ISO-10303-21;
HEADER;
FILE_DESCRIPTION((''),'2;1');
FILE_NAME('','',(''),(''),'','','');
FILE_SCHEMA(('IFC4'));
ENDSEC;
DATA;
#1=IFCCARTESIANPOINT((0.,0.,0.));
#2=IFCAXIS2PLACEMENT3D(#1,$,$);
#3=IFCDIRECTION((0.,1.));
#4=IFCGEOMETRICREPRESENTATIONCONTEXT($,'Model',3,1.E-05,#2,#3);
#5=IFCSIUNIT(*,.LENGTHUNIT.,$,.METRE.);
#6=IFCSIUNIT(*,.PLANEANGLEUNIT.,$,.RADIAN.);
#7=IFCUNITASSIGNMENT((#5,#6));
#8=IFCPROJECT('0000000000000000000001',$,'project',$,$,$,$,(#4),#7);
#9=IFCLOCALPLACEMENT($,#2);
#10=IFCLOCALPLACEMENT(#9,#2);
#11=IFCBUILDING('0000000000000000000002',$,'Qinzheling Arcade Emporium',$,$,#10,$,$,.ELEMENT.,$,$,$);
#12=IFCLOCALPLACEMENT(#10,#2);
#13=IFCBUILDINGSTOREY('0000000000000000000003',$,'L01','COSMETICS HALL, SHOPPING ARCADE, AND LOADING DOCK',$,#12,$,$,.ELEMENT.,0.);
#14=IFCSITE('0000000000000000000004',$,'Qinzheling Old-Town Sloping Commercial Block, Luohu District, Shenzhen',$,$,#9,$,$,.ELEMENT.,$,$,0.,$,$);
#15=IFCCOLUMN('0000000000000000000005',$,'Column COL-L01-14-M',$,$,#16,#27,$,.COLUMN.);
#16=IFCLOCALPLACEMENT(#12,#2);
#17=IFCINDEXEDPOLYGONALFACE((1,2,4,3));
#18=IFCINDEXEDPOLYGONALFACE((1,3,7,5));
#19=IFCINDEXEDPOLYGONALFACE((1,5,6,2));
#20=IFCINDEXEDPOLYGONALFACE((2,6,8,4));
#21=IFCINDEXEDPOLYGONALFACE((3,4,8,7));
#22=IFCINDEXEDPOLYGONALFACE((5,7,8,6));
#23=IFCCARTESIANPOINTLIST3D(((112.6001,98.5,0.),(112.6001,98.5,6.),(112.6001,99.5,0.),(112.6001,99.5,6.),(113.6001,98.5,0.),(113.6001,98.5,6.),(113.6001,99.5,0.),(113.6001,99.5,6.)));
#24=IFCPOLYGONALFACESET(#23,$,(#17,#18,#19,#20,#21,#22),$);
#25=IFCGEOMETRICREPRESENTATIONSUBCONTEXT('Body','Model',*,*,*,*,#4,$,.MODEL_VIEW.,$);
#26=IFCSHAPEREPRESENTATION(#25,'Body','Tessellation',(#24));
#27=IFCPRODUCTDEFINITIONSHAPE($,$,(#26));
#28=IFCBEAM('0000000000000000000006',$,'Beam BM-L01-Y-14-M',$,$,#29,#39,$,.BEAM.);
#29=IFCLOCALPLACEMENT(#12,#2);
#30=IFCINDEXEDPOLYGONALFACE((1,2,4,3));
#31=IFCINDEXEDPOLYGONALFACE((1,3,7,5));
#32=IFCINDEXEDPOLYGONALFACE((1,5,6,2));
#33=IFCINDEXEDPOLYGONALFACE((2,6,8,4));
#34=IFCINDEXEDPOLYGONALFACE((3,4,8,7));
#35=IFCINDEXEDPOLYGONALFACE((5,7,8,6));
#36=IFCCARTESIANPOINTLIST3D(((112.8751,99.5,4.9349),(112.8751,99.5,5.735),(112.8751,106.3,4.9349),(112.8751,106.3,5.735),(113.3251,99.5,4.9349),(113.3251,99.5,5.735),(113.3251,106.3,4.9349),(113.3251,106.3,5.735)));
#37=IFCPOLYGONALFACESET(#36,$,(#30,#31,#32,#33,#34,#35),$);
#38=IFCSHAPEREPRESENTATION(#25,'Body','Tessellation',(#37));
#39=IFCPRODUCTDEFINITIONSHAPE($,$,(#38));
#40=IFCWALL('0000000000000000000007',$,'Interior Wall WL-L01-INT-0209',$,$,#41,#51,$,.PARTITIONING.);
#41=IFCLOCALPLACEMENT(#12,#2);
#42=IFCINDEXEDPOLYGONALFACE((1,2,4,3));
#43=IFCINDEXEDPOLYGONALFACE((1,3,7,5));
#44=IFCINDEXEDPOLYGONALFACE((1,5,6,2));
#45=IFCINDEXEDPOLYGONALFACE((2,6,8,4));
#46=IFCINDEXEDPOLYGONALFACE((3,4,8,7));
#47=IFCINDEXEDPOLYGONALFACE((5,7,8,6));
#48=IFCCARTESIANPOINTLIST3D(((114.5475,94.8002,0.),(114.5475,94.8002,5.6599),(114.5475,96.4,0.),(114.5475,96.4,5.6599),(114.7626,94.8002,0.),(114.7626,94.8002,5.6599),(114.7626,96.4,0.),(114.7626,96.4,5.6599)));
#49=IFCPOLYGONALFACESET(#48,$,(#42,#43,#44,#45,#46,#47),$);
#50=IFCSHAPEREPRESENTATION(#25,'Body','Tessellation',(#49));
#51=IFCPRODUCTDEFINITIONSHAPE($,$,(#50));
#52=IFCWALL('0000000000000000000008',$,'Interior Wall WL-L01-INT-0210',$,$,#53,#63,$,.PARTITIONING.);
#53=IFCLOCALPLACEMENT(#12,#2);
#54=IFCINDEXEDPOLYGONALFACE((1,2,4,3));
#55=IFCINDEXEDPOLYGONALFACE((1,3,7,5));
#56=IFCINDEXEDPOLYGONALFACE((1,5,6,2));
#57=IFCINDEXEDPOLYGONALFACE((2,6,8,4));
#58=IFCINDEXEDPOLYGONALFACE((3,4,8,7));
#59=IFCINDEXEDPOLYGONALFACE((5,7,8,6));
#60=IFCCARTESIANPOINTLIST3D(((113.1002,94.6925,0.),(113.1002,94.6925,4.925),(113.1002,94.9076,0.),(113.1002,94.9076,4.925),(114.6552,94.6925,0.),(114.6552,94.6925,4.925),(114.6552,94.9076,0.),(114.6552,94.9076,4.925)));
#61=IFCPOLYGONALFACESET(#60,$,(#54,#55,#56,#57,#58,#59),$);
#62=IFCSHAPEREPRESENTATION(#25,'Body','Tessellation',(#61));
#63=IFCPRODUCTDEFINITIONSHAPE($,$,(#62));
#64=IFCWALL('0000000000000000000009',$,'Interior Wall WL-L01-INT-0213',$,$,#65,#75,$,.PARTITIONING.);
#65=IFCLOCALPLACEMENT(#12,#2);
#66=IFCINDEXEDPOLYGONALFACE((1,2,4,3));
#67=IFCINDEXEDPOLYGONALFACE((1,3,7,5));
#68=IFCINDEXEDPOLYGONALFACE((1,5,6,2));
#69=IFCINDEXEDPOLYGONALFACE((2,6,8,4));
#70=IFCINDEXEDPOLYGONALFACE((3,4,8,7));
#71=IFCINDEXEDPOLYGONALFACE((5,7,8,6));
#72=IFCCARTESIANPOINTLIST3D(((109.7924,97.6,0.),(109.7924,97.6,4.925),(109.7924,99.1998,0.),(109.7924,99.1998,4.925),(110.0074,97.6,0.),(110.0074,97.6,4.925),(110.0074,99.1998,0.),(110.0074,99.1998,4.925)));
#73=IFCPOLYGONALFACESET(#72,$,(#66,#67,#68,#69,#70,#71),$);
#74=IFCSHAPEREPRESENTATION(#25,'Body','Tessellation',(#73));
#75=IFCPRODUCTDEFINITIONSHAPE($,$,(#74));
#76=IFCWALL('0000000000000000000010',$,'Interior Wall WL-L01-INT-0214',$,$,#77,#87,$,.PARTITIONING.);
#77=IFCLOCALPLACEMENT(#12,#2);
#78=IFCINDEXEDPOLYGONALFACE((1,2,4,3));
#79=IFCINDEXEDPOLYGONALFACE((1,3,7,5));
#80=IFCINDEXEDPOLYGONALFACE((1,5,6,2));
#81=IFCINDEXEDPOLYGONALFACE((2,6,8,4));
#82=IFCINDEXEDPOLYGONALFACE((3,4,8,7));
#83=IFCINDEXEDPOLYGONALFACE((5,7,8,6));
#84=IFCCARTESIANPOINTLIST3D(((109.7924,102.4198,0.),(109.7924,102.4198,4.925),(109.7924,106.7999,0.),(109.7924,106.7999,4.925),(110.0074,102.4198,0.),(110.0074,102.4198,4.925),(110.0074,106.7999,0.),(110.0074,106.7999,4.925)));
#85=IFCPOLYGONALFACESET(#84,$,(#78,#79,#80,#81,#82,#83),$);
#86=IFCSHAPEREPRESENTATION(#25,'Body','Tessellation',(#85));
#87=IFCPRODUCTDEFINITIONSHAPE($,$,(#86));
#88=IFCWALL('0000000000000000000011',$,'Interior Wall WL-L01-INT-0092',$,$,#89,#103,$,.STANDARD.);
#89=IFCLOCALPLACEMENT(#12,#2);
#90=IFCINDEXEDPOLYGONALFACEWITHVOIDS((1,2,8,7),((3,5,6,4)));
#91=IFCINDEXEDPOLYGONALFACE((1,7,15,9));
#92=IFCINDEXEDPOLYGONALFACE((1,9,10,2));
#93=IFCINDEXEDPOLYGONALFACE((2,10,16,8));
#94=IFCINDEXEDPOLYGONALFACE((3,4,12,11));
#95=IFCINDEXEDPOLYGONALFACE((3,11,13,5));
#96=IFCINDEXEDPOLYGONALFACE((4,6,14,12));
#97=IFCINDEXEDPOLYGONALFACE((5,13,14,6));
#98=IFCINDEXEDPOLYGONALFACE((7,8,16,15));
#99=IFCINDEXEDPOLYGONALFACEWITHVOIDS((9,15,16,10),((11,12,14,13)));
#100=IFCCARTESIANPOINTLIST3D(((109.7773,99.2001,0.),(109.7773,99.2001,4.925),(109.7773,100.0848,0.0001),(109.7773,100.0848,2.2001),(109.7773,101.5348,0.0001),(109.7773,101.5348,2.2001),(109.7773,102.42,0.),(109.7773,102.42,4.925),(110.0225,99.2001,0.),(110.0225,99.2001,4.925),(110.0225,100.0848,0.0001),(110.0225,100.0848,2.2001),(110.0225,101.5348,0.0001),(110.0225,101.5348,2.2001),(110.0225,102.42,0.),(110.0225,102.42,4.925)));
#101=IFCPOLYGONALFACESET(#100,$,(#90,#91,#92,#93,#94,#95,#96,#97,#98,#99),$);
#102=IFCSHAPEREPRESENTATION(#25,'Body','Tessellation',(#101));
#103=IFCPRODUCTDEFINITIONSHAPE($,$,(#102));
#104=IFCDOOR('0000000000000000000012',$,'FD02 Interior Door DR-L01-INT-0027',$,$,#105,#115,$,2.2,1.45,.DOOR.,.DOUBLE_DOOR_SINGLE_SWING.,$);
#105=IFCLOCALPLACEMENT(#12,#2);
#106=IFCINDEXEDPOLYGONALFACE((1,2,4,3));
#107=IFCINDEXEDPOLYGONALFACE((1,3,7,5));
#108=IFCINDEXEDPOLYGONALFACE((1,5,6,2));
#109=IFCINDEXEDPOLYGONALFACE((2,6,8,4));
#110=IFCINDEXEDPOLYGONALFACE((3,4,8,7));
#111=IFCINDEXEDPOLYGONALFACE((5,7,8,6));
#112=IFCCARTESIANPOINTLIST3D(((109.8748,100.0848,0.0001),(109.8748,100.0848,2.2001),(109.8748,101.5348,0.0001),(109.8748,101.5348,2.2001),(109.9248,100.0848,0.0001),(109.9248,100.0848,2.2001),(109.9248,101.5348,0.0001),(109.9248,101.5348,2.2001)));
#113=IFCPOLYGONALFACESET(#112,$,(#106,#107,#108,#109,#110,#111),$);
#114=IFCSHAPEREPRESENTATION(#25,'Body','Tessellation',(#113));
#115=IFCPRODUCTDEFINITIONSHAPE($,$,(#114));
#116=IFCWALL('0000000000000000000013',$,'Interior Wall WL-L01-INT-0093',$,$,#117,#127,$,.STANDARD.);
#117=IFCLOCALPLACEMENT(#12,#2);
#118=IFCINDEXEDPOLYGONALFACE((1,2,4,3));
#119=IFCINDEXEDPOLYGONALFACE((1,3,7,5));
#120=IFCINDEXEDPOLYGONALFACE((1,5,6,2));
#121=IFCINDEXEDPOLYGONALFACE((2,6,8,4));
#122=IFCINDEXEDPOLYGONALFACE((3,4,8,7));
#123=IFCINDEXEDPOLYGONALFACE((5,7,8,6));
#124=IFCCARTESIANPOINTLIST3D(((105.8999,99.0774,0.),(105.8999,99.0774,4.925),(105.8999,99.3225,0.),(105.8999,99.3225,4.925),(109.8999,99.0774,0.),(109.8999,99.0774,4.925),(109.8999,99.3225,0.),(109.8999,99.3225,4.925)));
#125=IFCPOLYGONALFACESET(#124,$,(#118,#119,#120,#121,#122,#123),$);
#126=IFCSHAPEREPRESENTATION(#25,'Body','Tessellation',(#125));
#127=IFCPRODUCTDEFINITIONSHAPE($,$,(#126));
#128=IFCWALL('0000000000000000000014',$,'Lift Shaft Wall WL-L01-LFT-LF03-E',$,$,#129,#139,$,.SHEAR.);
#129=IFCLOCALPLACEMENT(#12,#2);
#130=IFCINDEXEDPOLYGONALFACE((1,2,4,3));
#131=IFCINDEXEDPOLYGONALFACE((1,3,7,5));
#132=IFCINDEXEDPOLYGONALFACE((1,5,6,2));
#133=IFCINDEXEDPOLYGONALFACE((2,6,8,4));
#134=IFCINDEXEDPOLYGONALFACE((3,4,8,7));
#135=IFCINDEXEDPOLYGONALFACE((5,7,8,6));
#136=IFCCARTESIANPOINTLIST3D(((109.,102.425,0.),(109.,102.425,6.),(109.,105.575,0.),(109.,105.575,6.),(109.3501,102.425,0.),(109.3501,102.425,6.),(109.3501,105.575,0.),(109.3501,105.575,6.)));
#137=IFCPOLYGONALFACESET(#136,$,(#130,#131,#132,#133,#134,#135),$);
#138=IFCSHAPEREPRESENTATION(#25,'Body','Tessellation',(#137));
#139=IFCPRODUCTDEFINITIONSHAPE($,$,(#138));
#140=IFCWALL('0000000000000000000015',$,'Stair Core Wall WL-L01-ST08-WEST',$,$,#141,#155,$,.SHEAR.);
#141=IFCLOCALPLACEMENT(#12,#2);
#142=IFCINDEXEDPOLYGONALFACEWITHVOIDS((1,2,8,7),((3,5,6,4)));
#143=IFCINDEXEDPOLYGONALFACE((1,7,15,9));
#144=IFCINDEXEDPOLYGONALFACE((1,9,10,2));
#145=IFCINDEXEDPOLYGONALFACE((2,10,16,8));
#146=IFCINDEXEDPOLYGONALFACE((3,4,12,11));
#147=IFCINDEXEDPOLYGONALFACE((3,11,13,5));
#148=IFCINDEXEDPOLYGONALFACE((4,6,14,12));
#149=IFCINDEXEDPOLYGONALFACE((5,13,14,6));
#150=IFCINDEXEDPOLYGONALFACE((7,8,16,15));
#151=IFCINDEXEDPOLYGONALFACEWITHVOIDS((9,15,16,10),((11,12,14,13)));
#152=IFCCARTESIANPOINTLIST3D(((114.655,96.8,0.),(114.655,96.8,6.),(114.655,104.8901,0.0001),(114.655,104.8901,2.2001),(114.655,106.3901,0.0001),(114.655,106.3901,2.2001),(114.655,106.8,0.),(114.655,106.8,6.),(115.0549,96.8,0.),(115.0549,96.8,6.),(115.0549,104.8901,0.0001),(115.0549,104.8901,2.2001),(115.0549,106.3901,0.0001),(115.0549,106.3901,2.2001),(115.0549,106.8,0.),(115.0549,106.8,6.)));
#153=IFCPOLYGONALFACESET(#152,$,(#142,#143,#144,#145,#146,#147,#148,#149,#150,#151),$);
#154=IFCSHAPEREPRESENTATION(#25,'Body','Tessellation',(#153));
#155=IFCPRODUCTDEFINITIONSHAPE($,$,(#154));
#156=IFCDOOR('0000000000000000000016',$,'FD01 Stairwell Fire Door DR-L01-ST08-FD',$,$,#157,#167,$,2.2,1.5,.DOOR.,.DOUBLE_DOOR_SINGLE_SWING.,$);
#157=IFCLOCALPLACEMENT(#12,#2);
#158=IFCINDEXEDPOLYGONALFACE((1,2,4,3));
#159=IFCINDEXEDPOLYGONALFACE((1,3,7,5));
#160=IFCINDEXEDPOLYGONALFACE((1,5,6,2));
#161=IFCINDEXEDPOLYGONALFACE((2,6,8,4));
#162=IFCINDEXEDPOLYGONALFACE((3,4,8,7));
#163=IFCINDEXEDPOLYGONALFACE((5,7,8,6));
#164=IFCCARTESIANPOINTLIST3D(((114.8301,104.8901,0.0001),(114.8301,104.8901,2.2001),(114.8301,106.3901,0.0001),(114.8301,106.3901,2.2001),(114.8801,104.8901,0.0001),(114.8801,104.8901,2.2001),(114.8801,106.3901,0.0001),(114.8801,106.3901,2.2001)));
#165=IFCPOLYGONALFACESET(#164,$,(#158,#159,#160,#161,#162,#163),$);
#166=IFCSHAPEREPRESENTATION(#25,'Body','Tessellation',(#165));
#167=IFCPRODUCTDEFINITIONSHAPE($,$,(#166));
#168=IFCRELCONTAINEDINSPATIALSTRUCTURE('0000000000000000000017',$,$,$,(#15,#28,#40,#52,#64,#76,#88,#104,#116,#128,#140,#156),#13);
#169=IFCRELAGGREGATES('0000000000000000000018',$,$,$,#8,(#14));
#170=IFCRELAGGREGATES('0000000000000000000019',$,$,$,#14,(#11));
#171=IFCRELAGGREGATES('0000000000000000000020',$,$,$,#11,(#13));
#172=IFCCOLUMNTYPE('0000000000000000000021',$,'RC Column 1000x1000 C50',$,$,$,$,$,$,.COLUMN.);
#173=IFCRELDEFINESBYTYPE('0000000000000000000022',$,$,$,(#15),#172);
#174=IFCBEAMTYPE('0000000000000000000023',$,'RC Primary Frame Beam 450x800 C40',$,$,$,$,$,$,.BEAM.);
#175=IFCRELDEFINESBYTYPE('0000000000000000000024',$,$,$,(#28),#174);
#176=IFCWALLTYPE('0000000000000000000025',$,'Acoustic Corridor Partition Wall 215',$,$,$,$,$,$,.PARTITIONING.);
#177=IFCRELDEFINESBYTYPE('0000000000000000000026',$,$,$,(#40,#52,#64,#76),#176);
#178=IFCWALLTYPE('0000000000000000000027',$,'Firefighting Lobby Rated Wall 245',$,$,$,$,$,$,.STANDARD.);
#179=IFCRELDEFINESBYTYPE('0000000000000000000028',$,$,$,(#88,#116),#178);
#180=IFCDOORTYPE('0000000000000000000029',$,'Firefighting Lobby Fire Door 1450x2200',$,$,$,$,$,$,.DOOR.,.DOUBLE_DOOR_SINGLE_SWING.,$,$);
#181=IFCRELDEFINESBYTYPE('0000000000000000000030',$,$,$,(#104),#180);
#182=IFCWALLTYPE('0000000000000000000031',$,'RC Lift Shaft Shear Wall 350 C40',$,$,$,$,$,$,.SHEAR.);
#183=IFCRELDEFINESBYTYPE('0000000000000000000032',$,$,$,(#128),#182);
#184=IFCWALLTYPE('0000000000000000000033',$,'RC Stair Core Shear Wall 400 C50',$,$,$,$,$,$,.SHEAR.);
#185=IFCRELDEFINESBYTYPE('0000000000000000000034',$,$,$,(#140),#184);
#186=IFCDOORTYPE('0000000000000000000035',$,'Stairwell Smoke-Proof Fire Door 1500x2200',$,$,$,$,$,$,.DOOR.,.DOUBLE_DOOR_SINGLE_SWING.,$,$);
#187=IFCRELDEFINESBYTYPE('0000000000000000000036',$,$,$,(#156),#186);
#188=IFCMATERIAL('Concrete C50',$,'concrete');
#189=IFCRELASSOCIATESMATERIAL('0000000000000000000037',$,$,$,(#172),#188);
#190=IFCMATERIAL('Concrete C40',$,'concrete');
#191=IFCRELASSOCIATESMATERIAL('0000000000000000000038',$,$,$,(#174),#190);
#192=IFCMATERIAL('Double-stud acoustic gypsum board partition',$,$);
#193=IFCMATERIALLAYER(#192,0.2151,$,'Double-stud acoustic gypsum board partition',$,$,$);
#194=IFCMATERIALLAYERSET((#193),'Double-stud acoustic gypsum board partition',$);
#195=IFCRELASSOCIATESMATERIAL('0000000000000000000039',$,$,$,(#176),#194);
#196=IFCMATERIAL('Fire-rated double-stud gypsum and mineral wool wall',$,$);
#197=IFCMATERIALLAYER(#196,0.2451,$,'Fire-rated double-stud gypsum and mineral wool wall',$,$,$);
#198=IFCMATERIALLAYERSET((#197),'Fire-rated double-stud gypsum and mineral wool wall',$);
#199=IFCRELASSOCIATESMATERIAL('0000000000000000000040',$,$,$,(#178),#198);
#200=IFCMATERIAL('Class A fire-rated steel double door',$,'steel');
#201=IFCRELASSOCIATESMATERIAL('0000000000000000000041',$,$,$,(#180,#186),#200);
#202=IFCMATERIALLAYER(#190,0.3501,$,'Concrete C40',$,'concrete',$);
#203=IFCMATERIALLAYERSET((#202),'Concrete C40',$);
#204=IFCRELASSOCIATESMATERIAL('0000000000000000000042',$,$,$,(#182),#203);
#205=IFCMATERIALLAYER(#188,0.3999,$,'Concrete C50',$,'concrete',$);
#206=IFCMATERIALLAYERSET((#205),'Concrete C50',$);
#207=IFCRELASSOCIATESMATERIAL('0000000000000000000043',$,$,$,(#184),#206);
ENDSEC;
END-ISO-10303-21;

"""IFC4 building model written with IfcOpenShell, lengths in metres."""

from ifc_helpers import new_model, si_unit, direction, frame, frame_2d, origin, origin_2d, place, context, subcontext, project, spatial, rectangle, extrude, material, layer, layer_set, material_profile, profile_set, type_object, element, fill, save


model = new_model("IFC4")

# Units and contexts
model_context = context("Model", 3, precision=1e-05, world=origin(), true_north=direction((0.0, 1.0)))
body_context = subcontext(model_context, "Body", "Model", "MODEL_VIEW")
ifc_project = project(units=[si_unit("LENGTHUNIT", "METRE"), si_unit("PLANEANGLEUNIT", "RADIAN")], contexts=[model_context])

# Site, building, storey
site_placement = place(None, origin())
site = spatial("IfcSite", under=ifc_project, at=site_placement, Name="Qinzheling Old-Town Sloping Commercial Block, Luohu District, Shenzhen", CompositionType="ELEMENT", RefElevation=0.0)
building_placement = place(site_placement, origin())
building = spatial("IfcBuilding", under=site, at=building_placement, Name="Qinzheling Arcade Emporium", CompositionType="ELEMENT")
storey_placement = place(building_placement, origin())
storey = spatial("IfcBuildingStorey", under=building, at=storey_placement, Name="L01", Description="COSMETICS HALL, SHOPPING ARCADE, AND LOADING DOCK", CompositionType="ELEMENT", Elevation=0.0)

# Column
ifc_material_1 = material(Name="Concrete C50", Category="concrete")
ifc_material_profile_1 = material_profile(ifc_material_1, rectangle(XDim=1.0, YDim=1.0, at=origin_2d()), Name="RC 1000x1000", Category="concrete")
ifc_profile_set_1 = profile_set([ifc_material_profile_1], Name="Concrete C50")
column_type = type_object("IfcColumnType", Name="RC Column 1000x1000 C50", PredefinedType="COLUMN", material=ifc_profile_set_1)
column_placement = place(storey_placement, frame((113.1001, 99.0, 0.0), z_axis=(0.0, 0.0, 1.0), x_axis=(1.0, 0.0, 0.0)))
element("IfcColumn", 1, at=column_placement, inside=storey, type_object=column_type, Name="Column COL-L01-14-M", PredefinedType="COLUMN", context=body_context, shape_type="SweptSolid", body=[
    extrude(rectangle(XDim=1.0, YDim=1.0, at=origin_2d()), origin(), (0.0, 0.0, 1.0), 6.0),
])

# Beam
ifc_material_2 = material(Name="Concrete C40", Category="concrete")
ifc_material_profile_2 = material_profile(ifc_material_2, rectangle(XDim=0.45, YDim=0.8, at=origin_2d()), Name="RC 450x800", Category="concrete")
ifc_profile_set_2 = profile_set([ifc_material_profile_2], Name="Concrete C40")
beam_type = type_object("IfcBeamType", Name="RC Primary Frame Beam 450x800 C40", PredefinedType="BEAM", material=ifc_profile_set_2)
beam_placement = place(storey_placement, frame((113.1001, 99.5, 5.335), z_axis=(0.0, 1.0, 0.0), x_axis=(-1.0, 0.0, 0.0)))
element("IfcBeam", 2, at=beam_placement, inside=storey, type_object=beam_type, Name="Beam BM-L01-Y-14-M", PredefinedType="BEAM", context=body_context, shape_type="SweptSolid", body=[
    extrude(rectangle(XDim=0.45, YDim=0.8, at=origin_2d()), origin(), (0.0, 0.0, 1.0), 6.8),
])

# Walls
ifc_material_3 = material(Name="Double-stud acoustic gypsum board partition")
ifc_layer_1 = layer(ifc_material_3, 0.2151, Name="Double-stud acoustic gypsum board partition")
ifc_layer_set_1 = layer_set([ifc_layer_1], Name="Double-stud acoustic gypsum board partition")
wall_type_1 = type_object("IfcWallType", Name="Acoustic Corridor Partition Wall 215", PredefinedType="PARTITIONING", material=ifc_layer_set_1)
wall_1_placement = place(storey_placement, frame((114.655, 96.3999, 0.0), z_axis=(0.0, 0.0, 1.0), x_axis=(0.0, -1.0, 0.0)))
element("IfcWall", 3, at=wall_1_placement, inside=storey, type_object=wall_type_1, Name="Interior Wall WL-L01-INT-0209", PredefinedType="PARTITIONING", context=body_context, shape_type="SweptSolid", body=[
    extrude(rectangle(XDim=1.5999, YDim=0.2151, at=frame_2d((0.7998, 0.0))), origin(), (0.0, 0.0, 1.0), 5.6599),
])
wall_2_placement = place(storey_placement, frame((114.655, 94.8, 0.0), z_axis=(0.0, 0.0, 1.0), x_axis=(-1.0, 0.0, 0.0)))
element("IfcWall", 4, at=wall_2_placement, inside=storey, type_object=wall_type_1, Name="Interior Wall WL-L01-INT-0210", PredefinedType="PARTITIONING", context=body_context, shape_type="SweptSolid", body=[
    extrude(rectangle(XDim=1.5549, YDim=0.2151, at=frame_2d((0.7773, 0.0))), origin(), (0.0, 0.0, 1.0), 4.925),
])
wall_3_placement = place(storey_placement, frame((109.8999, 97.6001, 0.0), z_axis=(0.0, 0.0, 1.0), x_axis=(0.0, 1.0, 0.0)))
element("IfcWall", 5, at=wall_3_placement, inside=storey, type_object=wall_type_1, Name="Interior Wall WL-L01-INT-0213", PredefinedType="PARTITIONING", context=body_context, shape_type="SweptSolid", body=[
    extrude(rectangle(XDim=1.5999, YDim=0.2151, at=frame_2d((0.7998, 0.0))), origin(), (0.0, 0.0, 1.0), 4.925),
])
wall_4_placement = place(storey_placement, frame((109.8999, 102.4199, 0.0), z_axis=(0.0, 0.0, 1.0), x_axis=(0.0, 1.0, 0.0)))
element("IfcWall", 6, at=wall_4_placement, inside=storey, type_object=wall_type_1, Name="Interior Wall WL-L01-INT-0214", PredefinedType="PARTITIONING", context=body_context, shape_type="SweptSolid", body=[
    extrude(rectangle(XDim=4.3801, YDim=0.2151, at=frame_2d((2.1899, 0.0))), origin(), (0.0, 0.0, 1.0), 4.925),
])

# Wall, opening, door
ifc_material_4 = material(Name="Fire-rated double-stud gypsum and mineral wool wall")
ifc_layer_2 = layer(ifc_material_4, 0.2451, Name="Fire-rated double-stud gypsum and mineral wool wall")
ifc_layer_set_2 = layer_set([ifc_layer_2], Name="Fire-rated double-stud gypsum and mineral wool wall")
wall_type_2 = type_object("IfcWallType", Name="Firefighting Lobby Rated Wall 245", PredefinedType="STANDARD", material=ifc_layer_set_2)
wall_5_placement = place(storey_placement, frame((109.8999, 102.4199, 0.0), z_axis=(0.0, 0.0, 1.0), x_axis=(0.0, -1.0, 0.0)))
wall_5 = element("IfcWall", 7, at=wall_5_placement, inside=storey, type_object=wall_type_2, Name="Interior Wall WL-L01-INT-0092", PredefinedType="STANDARD", context=body_context, shape_type="SweptSolid", body=[
    extrude(rectangle(XDim=3.22, YDim=0.2451, at=frame_2d((1.6099, 0.0))), origin(), (0.0, 0.0, 1.0), 4.925),
])
opening_1_placement = place(wall_5_placement, frame((0.885, 0.0, 0.0)))
opening_1 = element("IfcOpeningElement", 8, at=opening_1_placement, cuts=wall_5, PredefinedType="OPENING", context=body_context, shape_type="SweptSolid", body=[
    extrude(rectangle(XDim=1.45, YDim=2.2, at=frame_2d((0.7251, 1.1001))), frame((0.0, 0.1326, 0.0), z_axis=(0.0, -1.0, 0.0), x_axis=(1.0, 0.0, 0.0)), (0.0, 0.0, 1.0), 0.2651),
])
ifc_material_5 = material(Name="Class A fire-rated steel double door", Category="steel")
door_type_1 = type_object("IfcDoorType", Name="Firefighting Lobby Fire Door 1450x2200", OperationType="DOUBLE_DOOR_SINGLE_SWING", PredefinedType="DOOR", material=ifc_material_5)
door_1_placement = place(opening_1_placement, origin())
door_1 = element("IfcDoor", 9, at=door_1_placement, inside=storey, type_object=door_type_1, Name="FD02 Interior Door DR-L01-INT-0027", OperationType="DOUBLE_DOOR_SINGLE_SWING", OverallHeight=2.2, OverallWidth=1.45, PredefinedType="DOOR", context=body_context, shape_type="SweptSolid", body=[
    extrude(rectangle(XDim=1.45, YDim=2.2, at=frame_2d((0.7251, 1.1001))), frame((0.0, 0.0249, 0.0), z_axis=(0.0, -1.0, 0.0), x_axis=(1.0, 0.0, 0.0)), (0.0, 0.0, 1.0), 0.05),
])
fill(opening_1, door_1)

# Walls
wall_6_placement = place(storey_placement, frame((109.8999, 99.2, 0.0), z_axis=(0.0, 0.0, 1.0), x_axis=(-1.0, 0.0, 0.0)))
element("IfcWall", 10, at=wall_6_placement, inside=storey, type_object=wall_type_2, Name="Interior Wall WL-L01-INT-0093", PredefinedType="STANDARD", context=body_context, shape_type="SweptSolid", body=[
    extrude(rectangle(XDim=4.0, YDim=0.2451, at=frame_2d((2.0, 0.0))), origin(), (0.0, 0.0, 1.0), 4.925),
])
ifc_layer_3 = layer(ifc_material_2, 0.3501, Name="Concrete C40", Category="concrete")
ifc_layer_set_3 = layer_set([ifc_layer_3], Name="Concrete C40")
wall_type_3 = type_object("IfcWallType", Name="RC Lift Shaft Shear Wall 350 C40", PredefinedType="SHEAR", material=ifc_layer_set_3)
wall_7_placement = place(storey_placement, frame((109.175, 105.575, 0.0), z_axis=(0.0, 0.0, 1.0), x_axis=(0.0, -1.0, 0.0)))
element("IfcWall", 11, at=wall_7_placement, inside=storey, type_object=wall_type_3, Name="Lift Shaft Wall WL-L01-LFT-LF03-E", PredefinedType="SHEAR", context=body_context, shape_type="SweptSolid", body=[
    extrude(rectangle(XDim=3.1499, YDim=0.3501, at=frame_2d((1.575, 0.0))), origin(), (0.0, 0.0, 1.0), 6.0),
])

# Wall, opening, door
ifc_layer_4 = layer(ifc_material_1, 0.3999, Name="Concrete C50", Category="concrete")
ifc_layer_set_4 = layer_set([ifc_layer_4], Name="Concrete C50")
wall_type_4 = type_object("IfcWallType", Name="RC Stair Core Shear Wall 400 C50", PredefinedType="SHEAR", material=ifc_layer_set_4)
wall_8_placement = place(storey_placement, frame((114.855, 96.8, 0.0), z_axis=(0.0, 0.0, 1.0), x_axis=(0.0, 1.0, 0.0)))
wall_8 = element("IfcWall", 12, at=wall_8_placement, inside=storey, type_object=wall_type_4, Name="Stair Core Wall WL-L01-ST08-WEST", PredefinedType="SHEAR", context=body_context, shape_type="SweptSolid", body=[
    extrude(rectangle(XDim=10.0, YDim=0.3999, at=frame_2d((5.0, 0.0))), origin(), (0.0, 0.0, 1.0), 6.0),
])
opening_2_placement = place(wall_8_placement, frame((8.0901, 0.0, 0.0)))
opening_2 = element("IfcOpeningElement", 13, at=opening_2_placement, cuts=wall_8, PredefinedType="OPENING", context=body_context, shape_type="SweptSolid", body=[
    extrude(rectangle(XDim=1.5, YDim=2.2, at=frame_2d((0.75, 1.1001))), frame((0.0, 0.21, 0.0), z_axis=(0.0, -1.0, 0.0), x_axis=(1.0, 0.0, 0.0)), (0.0, 0.0, 1.0), 0.4199),
])
door_type_2 = type_object("IfcDoorType", Name="Stairwell Smoke-Proof Fire Door 1500x2200", OperationType="DOUBLE_DOOR_SINGLE_SWING", PredefinedType="DOOR", material=ifc_material_5)
door_2_placement = place(opening_2_placement, origin())
door_2 = element("IfcDoor", 14, at=door_2_placement, inside=storey, type_object=door_type_2, Name="FD01 Stairwell Fire Door DR-L01-ST08-FD", OperationType="DOUBLE_DOOR_SINGLE_SWING", OverallHeight=2.2, OverallWidth=1.5, PredefinedType="DOOR", context=body_context, shape_type="SweptSolid", body=[
    extrude(rectangle(XDim=1.5, YDim=2.2, at=frame_2d((0.75, 1.1001))), frame((0.0, 0.0249, 0.0), z_axis=(0.0, -1.0, 0.0), x_axis=(1.0, 0.0, 0.0)), (0.0, 0.0, 1.0), 0.05),
])
fill(opening_2, door_2)

save(model, "model.ifc")
